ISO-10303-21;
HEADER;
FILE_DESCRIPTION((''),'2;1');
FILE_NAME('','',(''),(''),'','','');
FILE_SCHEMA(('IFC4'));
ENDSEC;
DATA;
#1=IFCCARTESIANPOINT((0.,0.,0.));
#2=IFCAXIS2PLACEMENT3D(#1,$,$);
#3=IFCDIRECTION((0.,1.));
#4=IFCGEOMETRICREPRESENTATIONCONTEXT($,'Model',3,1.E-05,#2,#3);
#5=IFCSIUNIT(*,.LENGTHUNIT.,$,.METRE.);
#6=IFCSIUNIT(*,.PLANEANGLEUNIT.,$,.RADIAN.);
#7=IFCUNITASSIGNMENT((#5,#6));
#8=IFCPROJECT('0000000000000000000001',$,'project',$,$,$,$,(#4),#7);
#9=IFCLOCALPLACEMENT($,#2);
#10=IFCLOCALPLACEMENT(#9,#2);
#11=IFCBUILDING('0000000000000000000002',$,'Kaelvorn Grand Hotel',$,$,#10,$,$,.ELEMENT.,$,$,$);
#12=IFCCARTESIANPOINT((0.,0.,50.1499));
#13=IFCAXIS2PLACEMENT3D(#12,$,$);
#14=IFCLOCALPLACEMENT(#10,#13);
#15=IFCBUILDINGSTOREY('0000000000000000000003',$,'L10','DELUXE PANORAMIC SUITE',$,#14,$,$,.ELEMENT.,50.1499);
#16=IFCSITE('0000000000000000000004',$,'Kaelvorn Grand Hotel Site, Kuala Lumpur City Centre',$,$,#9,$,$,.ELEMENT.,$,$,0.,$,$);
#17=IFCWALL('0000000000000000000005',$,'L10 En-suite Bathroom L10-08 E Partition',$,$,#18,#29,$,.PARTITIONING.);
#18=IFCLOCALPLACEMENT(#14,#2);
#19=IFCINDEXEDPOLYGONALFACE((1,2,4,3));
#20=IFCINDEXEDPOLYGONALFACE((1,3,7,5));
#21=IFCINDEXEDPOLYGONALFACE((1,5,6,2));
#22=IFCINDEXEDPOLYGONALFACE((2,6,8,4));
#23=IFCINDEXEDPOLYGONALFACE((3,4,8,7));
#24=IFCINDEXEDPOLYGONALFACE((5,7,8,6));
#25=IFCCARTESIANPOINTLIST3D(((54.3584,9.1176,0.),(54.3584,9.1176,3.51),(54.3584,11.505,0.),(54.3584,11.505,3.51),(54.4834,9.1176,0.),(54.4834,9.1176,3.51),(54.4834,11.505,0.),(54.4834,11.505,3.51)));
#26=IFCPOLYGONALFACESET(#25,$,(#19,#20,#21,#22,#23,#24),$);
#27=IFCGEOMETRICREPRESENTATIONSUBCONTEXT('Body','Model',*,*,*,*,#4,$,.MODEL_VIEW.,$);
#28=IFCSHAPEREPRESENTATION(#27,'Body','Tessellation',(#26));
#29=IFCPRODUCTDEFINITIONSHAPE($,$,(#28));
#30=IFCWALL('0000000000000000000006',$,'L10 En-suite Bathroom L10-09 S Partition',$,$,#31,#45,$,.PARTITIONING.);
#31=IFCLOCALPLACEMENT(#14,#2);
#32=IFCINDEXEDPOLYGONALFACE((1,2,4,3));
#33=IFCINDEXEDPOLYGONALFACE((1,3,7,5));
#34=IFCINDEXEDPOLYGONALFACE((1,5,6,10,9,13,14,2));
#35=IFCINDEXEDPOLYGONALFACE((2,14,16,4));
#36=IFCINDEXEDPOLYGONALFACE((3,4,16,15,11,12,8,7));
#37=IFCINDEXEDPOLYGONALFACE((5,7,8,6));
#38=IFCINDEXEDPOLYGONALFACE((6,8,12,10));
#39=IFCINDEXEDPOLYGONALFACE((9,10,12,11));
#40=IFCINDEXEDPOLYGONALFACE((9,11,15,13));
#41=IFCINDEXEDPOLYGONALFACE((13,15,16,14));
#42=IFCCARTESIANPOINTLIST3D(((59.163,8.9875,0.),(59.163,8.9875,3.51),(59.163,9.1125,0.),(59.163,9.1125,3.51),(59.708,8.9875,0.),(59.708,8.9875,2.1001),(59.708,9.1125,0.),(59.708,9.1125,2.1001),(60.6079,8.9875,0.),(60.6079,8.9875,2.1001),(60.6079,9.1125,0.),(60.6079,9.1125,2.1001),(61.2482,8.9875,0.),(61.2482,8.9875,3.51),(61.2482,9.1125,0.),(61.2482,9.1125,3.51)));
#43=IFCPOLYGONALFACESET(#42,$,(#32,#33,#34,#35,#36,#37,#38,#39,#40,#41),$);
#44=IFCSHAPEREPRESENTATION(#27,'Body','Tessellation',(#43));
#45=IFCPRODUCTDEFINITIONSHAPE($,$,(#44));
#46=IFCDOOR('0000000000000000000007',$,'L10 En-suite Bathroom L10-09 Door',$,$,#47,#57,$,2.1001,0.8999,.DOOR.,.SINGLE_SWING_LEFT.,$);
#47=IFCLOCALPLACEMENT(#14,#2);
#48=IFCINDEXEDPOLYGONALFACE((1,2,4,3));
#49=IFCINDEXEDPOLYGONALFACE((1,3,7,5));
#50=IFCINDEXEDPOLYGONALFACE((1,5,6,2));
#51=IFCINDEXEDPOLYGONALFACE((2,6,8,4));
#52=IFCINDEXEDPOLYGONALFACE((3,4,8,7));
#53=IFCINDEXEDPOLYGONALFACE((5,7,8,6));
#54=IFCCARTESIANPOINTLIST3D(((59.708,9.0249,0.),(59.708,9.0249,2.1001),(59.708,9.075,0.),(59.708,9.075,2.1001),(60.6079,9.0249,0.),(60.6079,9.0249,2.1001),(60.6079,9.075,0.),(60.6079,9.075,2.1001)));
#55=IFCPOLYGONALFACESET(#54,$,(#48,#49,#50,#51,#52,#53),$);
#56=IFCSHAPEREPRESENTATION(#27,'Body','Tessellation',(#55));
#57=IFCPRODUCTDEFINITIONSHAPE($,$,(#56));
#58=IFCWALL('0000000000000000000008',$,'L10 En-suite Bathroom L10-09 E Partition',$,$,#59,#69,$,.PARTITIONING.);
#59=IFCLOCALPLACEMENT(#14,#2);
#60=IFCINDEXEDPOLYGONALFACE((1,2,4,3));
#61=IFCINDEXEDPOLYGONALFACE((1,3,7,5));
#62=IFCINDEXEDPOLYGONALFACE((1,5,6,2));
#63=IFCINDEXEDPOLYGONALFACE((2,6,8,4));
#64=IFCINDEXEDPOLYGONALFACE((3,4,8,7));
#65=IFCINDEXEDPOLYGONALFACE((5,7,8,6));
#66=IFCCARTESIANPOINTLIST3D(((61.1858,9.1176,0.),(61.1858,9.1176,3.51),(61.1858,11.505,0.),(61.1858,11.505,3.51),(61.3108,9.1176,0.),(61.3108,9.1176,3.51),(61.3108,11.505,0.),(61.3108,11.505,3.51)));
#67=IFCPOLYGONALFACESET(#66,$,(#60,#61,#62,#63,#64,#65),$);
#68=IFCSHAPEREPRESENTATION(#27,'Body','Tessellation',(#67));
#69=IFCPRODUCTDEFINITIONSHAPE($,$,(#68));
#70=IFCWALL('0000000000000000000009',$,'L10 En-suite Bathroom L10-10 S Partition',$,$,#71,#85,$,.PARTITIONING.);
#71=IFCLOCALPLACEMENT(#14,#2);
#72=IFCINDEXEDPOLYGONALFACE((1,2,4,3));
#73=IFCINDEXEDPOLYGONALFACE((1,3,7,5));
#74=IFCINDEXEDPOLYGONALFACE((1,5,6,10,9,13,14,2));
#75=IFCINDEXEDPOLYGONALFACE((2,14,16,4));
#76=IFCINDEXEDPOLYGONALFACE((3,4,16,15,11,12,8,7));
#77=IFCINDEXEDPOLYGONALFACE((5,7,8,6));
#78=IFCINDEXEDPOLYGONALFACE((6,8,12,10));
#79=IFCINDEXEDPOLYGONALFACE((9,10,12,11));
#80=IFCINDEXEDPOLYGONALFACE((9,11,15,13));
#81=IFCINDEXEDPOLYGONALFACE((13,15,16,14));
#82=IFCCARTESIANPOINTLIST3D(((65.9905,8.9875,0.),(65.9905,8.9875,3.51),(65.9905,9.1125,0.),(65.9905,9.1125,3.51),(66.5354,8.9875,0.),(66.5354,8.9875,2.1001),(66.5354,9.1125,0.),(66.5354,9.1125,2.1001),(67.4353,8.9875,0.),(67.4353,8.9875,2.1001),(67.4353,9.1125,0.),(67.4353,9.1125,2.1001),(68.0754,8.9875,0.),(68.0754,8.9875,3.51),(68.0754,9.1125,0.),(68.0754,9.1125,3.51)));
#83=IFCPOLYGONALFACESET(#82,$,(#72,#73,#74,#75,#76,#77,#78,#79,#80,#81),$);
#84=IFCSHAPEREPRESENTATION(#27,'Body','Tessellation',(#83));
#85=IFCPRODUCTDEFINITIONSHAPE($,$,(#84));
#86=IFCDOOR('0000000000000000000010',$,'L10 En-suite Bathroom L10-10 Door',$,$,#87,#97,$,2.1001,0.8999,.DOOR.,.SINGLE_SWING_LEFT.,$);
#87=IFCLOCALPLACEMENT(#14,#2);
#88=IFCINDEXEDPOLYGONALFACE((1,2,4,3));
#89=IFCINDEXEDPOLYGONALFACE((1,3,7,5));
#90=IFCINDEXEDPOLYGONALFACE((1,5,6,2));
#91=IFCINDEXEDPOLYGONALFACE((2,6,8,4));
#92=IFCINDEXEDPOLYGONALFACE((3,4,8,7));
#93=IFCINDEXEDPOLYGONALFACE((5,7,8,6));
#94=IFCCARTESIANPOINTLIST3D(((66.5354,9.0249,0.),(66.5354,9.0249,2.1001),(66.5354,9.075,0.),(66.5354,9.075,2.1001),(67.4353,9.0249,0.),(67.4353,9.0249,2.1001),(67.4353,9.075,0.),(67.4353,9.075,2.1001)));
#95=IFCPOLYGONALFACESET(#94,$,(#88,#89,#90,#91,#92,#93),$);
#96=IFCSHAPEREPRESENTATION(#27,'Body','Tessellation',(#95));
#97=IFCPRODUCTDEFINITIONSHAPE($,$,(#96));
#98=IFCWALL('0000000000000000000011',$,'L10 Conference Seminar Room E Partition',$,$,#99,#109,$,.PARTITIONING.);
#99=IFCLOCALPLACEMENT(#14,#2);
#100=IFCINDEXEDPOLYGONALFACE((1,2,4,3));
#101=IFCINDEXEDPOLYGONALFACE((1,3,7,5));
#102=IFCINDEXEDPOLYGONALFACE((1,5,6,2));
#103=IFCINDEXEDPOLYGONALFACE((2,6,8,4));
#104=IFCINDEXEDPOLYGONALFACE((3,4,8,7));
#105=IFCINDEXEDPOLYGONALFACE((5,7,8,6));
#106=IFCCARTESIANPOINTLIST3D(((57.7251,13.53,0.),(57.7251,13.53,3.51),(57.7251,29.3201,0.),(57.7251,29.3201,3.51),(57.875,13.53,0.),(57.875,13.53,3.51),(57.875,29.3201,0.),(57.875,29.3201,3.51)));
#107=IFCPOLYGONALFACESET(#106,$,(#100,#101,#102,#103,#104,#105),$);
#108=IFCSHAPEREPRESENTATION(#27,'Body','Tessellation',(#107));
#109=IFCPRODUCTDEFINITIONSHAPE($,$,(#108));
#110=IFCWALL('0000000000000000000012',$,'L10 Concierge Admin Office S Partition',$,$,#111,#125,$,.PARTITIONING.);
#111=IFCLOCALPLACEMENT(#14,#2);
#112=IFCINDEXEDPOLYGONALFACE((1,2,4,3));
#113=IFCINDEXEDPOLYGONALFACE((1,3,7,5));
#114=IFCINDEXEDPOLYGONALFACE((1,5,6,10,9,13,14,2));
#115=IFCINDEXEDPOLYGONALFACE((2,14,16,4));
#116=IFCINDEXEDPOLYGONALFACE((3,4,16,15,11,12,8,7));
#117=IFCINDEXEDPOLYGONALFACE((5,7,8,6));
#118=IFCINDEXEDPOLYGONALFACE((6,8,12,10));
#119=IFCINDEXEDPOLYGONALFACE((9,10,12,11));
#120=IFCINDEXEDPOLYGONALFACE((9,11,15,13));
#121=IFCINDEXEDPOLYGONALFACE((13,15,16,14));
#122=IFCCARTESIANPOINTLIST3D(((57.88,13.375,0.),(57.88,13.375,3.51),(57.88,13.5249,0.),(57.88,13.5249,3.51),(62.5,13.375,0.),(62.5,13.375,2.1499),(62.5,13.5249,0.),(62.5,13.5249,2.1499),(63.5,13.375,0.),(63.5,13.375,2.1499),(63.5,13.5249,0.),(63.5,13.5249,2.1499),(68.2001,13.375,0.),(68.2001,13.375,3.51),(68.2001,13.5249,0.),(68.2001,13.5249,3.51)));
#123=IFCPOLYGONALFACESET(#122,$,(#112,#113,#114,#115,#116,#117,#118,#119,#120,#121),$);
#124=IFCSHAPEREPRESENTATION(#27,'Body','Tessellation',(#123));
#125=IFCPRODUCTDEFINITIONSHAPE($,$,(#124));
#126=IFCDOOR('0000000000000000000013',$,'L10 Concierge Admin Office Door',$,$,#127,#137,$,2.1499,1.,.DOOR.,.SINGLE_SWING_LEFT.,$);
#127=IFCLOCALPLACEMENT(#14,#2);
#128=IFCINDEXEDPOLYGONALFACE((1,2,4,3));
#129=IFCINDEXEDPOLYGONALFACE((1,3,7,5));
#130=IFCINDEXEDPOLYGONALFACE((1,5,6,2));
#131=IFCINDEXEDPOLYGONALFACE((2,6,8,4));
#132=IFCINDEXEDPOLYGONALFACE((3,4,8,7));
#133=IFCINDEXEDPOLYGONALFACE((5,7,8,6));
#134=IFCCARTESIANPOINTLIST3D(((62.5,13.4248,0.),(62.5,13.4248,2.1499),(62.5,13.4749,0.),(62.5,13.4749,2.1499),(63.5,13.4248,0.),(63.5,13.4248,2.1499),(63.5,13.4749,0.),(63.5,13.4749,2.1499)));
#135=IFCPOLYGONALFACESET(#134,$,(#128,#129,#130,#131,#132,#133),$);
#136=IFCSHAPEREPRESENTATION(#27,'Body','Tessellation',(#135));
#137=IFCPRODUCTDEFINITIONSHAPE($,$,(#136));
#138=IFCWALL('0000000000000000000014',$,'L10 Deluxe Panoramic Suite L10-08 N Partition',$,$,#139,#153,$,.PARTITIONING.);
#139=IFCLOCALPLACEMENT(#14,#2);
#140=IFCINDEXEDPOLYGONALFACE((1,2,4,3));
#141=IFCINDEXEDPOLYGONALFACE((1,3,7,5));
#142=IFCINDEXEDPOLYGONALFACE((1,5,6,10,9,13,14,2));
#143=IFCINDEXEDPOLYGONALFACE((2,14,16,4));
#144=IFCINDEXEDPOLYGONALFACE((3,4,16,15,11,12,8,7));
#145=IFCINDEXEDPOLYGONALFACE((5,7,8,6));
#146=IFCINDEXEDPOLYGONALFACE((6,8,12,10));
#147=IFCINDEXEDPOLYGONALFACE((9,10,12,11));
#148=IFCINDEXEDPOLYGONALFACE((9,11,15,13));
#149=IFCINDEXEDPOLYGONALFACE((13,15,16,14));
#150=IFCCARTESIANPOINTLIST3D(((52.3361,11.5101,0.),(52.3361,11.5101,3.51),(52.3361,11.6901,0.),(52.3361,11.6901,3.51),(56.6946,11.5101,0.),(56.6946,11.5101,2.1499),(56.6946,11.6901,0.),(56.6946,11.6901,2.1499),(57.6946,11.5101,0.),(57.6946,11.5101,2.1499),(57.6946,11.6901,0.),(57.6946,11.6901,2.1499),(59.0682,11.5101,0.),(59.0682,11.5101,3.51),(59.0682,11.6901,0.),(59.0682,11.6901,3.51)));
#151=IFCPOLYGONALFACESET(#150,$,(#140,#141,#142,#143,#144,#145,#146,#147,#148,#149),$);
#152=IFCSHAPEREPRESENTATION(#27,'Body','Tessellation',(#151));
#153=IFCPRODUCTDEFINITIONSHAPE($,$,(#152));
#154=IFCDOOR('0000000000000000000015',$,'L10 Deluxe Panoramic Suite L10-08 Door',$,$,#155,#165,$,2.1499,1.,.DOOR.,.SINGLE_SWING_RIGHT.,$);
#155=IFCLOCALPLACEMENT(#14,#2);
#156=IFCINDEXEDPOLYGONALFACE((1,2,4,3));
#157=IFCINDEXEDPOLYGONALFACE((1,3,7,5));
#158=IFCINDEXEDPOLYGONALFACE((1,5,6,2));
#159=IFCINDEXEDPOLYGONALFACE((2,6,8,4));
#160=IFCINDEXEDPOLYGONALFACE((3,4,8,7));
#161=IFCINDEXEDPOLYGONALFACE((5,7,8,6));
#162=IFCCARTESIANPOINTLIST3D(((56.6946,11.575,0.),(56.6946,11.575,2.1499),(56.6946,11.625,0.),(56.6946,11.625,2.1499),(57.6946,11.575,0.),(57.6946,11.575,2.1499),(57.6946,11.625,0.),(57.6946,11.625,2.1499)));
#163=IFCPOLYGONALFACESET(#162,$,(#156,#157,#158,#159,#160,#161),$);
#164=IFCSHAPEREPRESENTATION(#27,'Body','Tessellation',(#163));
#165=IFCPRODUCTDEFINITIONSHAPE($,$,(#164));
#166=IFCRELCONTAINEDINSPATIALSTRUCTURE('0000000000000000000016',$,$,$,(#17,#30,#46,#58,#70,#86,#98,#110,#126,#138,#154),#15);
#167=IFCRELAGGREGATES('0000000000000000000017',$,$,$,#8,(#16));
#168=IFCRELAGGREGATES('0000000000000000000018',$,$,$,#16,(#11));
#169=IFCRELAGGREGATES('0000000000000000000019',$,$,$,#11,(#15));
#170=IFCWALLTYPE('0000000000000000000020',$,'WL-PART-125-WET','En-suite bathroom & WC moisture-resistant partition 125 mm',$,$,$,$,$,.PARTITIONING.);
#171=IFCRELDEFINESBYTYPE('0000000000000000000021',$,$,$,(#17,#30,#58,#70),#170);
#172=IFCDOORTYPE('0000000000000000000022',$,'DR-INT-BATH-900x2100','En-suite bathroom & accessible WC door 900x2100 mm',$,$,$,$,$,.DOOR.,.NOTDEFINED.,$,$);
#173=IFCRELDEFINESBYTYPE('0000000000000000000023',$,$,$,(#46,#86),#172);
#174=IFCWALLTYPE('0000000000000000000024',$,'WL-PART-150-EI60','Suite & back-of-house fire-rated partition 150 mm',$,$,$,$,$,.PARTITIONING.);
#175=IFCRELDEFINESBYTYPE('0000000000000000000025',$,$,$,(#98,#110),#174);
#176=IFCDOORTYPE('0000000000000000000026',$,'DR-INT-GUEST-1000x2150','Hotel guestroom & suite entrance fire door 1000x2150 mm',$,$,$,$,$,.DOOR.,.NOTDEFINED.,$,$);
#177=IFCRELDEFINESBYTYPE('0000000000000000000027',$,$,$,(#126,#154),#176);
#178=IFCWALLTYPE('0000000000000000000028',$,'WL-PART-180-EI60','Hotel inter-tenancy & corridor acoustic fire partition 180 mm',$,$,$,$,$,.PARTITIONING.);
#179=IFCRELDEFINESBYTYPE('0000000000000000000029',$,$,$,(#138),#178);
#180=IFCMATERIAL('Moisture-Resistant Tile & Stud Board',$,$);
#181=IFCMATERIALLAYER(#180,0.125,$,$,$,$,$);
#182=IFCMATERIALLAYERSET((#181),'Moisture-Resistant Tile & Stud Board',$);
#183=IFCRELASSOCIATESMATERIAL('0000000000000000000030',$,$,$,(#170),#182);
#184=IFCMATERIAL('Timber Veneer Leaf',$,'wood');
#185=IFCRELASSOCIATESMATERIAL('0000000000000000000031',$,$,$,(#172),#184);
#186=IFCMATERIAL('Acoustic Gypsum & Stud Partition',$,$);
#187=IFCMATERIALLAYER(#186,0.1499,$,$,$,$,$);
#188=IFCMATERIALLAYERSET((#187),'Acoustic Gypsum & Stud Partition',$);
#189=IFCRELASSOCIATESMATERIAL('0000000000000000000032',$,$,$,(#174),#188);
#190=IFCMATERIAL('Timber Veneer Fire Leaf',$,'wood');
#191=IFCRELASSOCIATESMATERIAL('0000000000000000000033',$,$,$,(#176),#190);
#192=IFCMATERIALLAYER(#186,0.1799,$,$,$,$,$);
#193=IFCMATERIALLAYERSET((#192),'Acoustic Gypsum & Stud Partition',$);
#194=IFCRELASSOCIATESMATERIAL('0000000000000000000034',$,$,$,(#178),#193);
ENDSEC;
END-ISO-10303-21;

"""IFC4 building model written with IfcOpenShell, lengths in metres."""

from ifc_helpers import new_model, si_unit, direction, frame, frame_2d, origin, place, context, subcontext, project, spatial, rectangle, extrude, material, layer, layer_set, type_object, element, fill, save


model = new_model("IFC4")

# Units and contexts
model_context = context("Model", 3, precision=1e-05, world=origin(), true_north=direction((0.0, 1.0)))
body_context = subcontext(model_context, "Body", "Model", "MODEL_VIEW")
ifc_project = project(units=[si_unit("LENGTHUNIT", "METRE"), si_unit("PLANEANGLEUNIT", "RADIAN")], contexts=[model_context])

# Site, building, storey
site_placement = place(None, origin())
site = spatial("IfcSite", under=ifc_project, at=site_placement, Name="Kaelvorn Grand Hotel Site, Kuala Lumpur City Centre", CompositionType="ELEMENT", RefElevation=0.0)
building_placement = place(site_placement, origin())
building = spatial("IfcBuilding", under=site, at=building_placement, Name="Kaelvorn Grand Hotel", CompositionType="ELEMENT")
storey_placement = place(building_placement, frame((0.0, 0.0, 50.1499)))
storey = spatial("IfcBuildingStorey", under=building, at=storey_placement, Name="L10", Description="DELUXE PANORAMIC SUITE", CompositionType="ELEMENT", Elevation=50.1499)

# Wall
ifc_material_1 = material(Name="Moisture-Resistant Tile & Stud Board")
ifc_layer_1 = layer(ifc_material_1, 0.125)
ifc_layer_set_1 = layer_set([ifc_layer_1], Name="Moisture-Resistant Tile & Stud Board")
wall_type_1 = type_object("IfcWallType", Name="WL-PART-125-WET", Description="En-suite bathroom & WC moisture-resistant partition 125 mm", PredefinedType="PARTITIONING", material=ifc_layer_set_1)
wall_1_placement = place(storey_placement, frame((54.4209, 9.1174, 0.0), z_axis=(0.0, 0.0, 1.0), x_axis=(0.0, 1.0, 0.0)))
element("IfcWall", 1, at=wall_1_placement, inside=storey, type_object=wall_type_1, Name="L10 En-suite Bathroom L10-08 E Partition", PredefinedType="PARTITIONING", context=body_context, shape_type="SweptSolid", body=[
    extrude(rectangle(XDim=2.3875, YDim=0.125, at=frame_2d((1.1938, 0.0))), origin(), (0.0, 0.0, 1.0), 3.51),
])

# Wall, opening, door
wall_2_placement = place(storey_placement, frame((59.1631, 9.05, 0.0), z_axis=(0.0, 0.0, 1.0), x_axis=(1.0, 0.0, 0.0)))
wall_2 = element("IfcWall", 2, at=wall_2_placement, inside=storey, type_object=wall_type_1, Name="L10 En-suite Bathroom L10-09 S Partition", PredefinedType="PARTITIONING", context=body_context, shape_type="SweptSolid", body=[
    extrude(rectangle(XDim=2.0852, YDim=0.125, at=frame_2d((1.0425, 0.0))), origin(), (0.0, 0.0, 1.0), 3.51),
])
opening_1_placement = place(wall_2_placement, frame((0.5449, 0.0, 0.0)))
opening_1 = element("IfcOpeningElement", 3, at=opening_1_placement, cuts=wall_2, PredefinedType="OPENING", context=body_context, shape_type="SweptSolid", body=[
    extrude(rectangle(XDim=0.8999, YDim=2.1001, at=frame_2d((0.45, 1.05))), frame((0.0, 0.0725, 0.0), z_axis=(0.0, -1.0, 0.0), x_axis=(1.0, 0.0, 0.0)), (0.0, 0.0, 1.0), 0.145),
])
ifc_material_2 = material(Name="Timber Veneer Leaf", Category="wood")
door_type_1 = type_object("IfcDoorType", Name="DR-INT-BATH-900x2100", Description="En-suite bathroom & accessible WC door 900x2100 mm", OperationType="NOTDEFINED", PredefinedType="DOOR", material=ifc_material_2)
door_1_placement = place(opening_1_placement, origin())
door_1 = element("IfcDoor", 4, at=door_1_placement, inside=storey, type_object=door_type_1, Name="L10 En-suite Bathroom L10-09 Door", OperationType="SINGLE_SWING_LEFT", OverallHeight=2.1001, OverallWidth=0.8999, PredefinedType="DOOR", context=body_context, shape_type="SweptSolid", body=[
    extrude(rectangle(XDim=0.8999, YDim=2.1001, at=frame_2d((0.45, 1.05))), frame((0.0, 0.0249, 0.0), z_axis=(0.0, -1.0, 0.0), x_axis=(1.0, 0.0, 0.0)), (0.0, 0.0, 1.0), 0.05),
])
fill(opening_1, door_1)

# Wall
wall_3_placement = place(storey_placement, frame((61.2483, 9.1174, 0.0), z_axis=(0.0, 0.0, 1.0), x_axis=(0.0, 1.0, 0.0)))
element("IfcWall", 5, at=wall_3_placement, inside=storey, type_object=wall_type_1, Name="L10 En-suite Bathroom L10-09 E Partition", PredefinedType="PARTITIONING", context=body_context, shape_type="SweptSolid", body=[
    extrude(rectangle(XDim=2.3875, YDim=0.125, at=frame_2d((1.1938, 0.0))), origin(), (0.0, 0.0, 1.0), 3.51),
])

# Wall, opening, door
wall_4_placement = place(storey_placement, frame((65.9905, 9.05, 0.0), z_axis=(0.0, 0.0, 1.0), x_axis=(1.0, 0.0, 0.0)))
wall_4 = element("IfcWall", 6, at=wall_4_placement, inside=storey, type_object=wall_type_1, Name="L10 En-suite Bathroom L10-10 S Partition", PredefinedType="PARTITIONING", context=body_context, shape_type="SweptSolid", body=[
    extrude(rectangle(XDim=2.085, YDim=0.125, at=frame_2d((1.0425, 0.0))), origin(), (0.0, 0.0, 1.0), 3.51),
])
opening_2_placement = place(wall_4_placement, frame((0.5449, 0.0, 0.0)))
opening_2 = element("IfcOpeningElement", 7, at=opening_2_placement, cuts=wall_4, PredefinedType="OPENING", context=body_context, shape_type="SweptSolid", body=[
    extrude(rectangle(XDim=0.8999, YDim=2.1001, at=frame_2d((0.45, 1.05))), frame((0.0, 0.0725, 0.0), z_axis=(0.0, -1.0, 0.0), x_axis=(1.0, 0.0, 0.0)), (0.0, 0.0, 1.0), 0.145),
])
door_2_placement = place(opening_2_placement, origin())
door_2 = element("IfcDoor", 8, at=door_2_placement, inside=storey, type_object=door_type_1, Name="L10 En-suite Bathroom L10-10 Door", OperationType="SINGLE_SWING_LEFT", OverallHeight=2.1001, OverallWidth=0.8999, PredefinedType="DOOR", context=body_context, shape_type="SweptSolid", body=[
    extrude(rectangle(XDim=0.8999, YDim=2.1001, at=frame_2d((0.45, 1.05))), frame((0.0, 0.0249, 0.0), z_axis=(0.0, -1.0, 0.0), x_axis=(1.0, 0.0, 0.0)), (0.0, 0.0, 1.0), 0.05),
])
fill(opening_2, door_2)

# Wall
ifc_material_3 = material(Name="Acoustic Gypsum & Stud Partition")
ifc_layer_2 = layer(ifc_material_3, 0.1499)
ifc_layer_set_2 = layer_set([ifc_layer_2], Name="Acoustic Gypsum & Stud Partition")
wall_type_2 = type_object("IfcWallType", Name="WL-PART-150-EI60", Description="Suite & back-of-house fire-rated partition 150 mm", PredefinedType="PARTITIONING", material=ifc_layer_set_2)
wall_5_placement = place(storey_placement, frame((57.8, 13.53, 0.0), z_axis=(0.0, 0.0, 1.0), x_axis=(0.0, 1.0, 0.0)))
element("IfcWall", 9, at=wall_5_placement, inside=storey, type_object=wall_type_2, Name="L10 Conference Seminar Room E Partition", PredefinedType="PARTITIONING", context=body_context, shape_type="SweptSolid", body=[
    extrude(rectangle(XDim=15.79, YDim=0.1499, at=frame_2d((7.895, 0.0))), origin(), (0.0, 0.0, 1.0), 3.51),
])

# Walls, openings, doors
wall_6_placement = place(storey_placement, frame((57.8799, 13.45, 0.0), z_axis=(0.0, 0.0, 1.0), x_axis=(1.0, 0.0, 0.0)))
wall_6 = element("IfcWall", 10, at=wall_6_placement, inside=storey, type_object=wall_type_2, Name="L10 Concierge Admin Office S Partition", PredefinedType="PARTITIONING", context=body_context, shape_type="SweptSolid", body=[
    extrude(rectangle(XDim=10.3201, YDim=0.1499, at=frame_2d((5.1602, 0.0))), origin(), (0.0, 0.0, 1.0), 3.51),
])
opening_3_placement = place(wall_6_placement, frame((4.6201, 0.0, 0.0)))
opening_3 = element("IfcOpeningElement", 11, at=opening_3_placement, cuts=wall_6, PredefinedType="OPENING", context=body_context, shape_type="SweptSolid", body=[
    extrude(rectangle(XDim=1.0, YDim=2.1499, at=frame_2d((0.5, 1.075))), frame((0.0, 0.085, 0.0), z_axis=(0.0, -1.0, 0.0), x_axis=(1.0, 0.0, 0.0)), (0.0, 0.0, 1.0), 0.1699),
])
ifc_material_4 = material(Name="Timber Veneer Fire Leaf", Category="wood")
door_type_2 = type_object("IfcDoorType", Name="DR-INT-GUEST-1000x2150", Description="Hotel guestroom & suite entrance fire door 1000x2150 mm", OperationType="NOTDEFINED", PredefinedType="DOOR", material=ifc_material_4)
door_3_placement = place(opening_3_placement, origin())
door_3 = element("IfcDoor", 12, at=door_3_placement, inside=storey, type_object=door_type_2, Name="L10 Concierge Admin Office Door", OperationType="SINGLE_SWING_LEFT", OverallHeight=2.1499, OverallWidth=1.0, PredefinedType="DOOR", context=body_context, shape_type="SweptSolid", body=[
    extrude(rectangle(XDim=1.0, YDim=2.1499, at=frame_2d((0.5, 1.075))), frame((0.0, 0.0249, 0.0), z_axis=(0.0, -1.0, 0.0), x_axis=(1.0, 0.0, 0.0)), (0.0, 0.0, 1.0), 0.05),
])
fill(opening_3, door_3)
ifc_layer_3 = layer(ifc_material_3, 0.1799)
ifc_layer_set_3 = layer_set([ifc_layer_3], Name="Acoustic Gypsum & Stud Partition")
wall_type_3 = type_object("IfcWallType", Name="WL-PART-180-EI60", Description="Hotel inter-tenancy & corridor acoustic fire partition 180 mm", PredefinedType="PARTITIONING", material=ifc_layer_set_3)
wall_7_placement = place(storey_placement, frame((52.3359, 11.6001, 0.0), z_axis=(0.0, 0.0, 1.0), x_axis=(1.0, 0.0, 0.0)))
wall_7 = element("IfcWall", 13, at=wall_7_placement, inside=storey, type_object=wall_type_3, Name="L10 Deluxe Panoramic Suite L10-08 N Partition", PredefinedType="PARTITIONING", context=body_context, shape_type="SweptSolid", body=[
    extrude(rectangle(XDim=6.7322, YDim=0.1799, at=frame_2d((3.3662, 0.0))), origin(), (0.0, 0.0, 1.0), 3.51),
])
opening_4_placement = place(wall_7_placement, frame((4.3586, 0.0, 0.0)))
opening_4 = element("IfcOpeningElement", 14, at=opening_4_placement, cuts=wall_7, PredefinedType="OPENING", context=body_context, shape_type="SweptSolid", body=[
    extrude(rectangle(XDim=1.0, YDim=2.1499, at=frame_2d((0.5, 1.075))), frame((0.0, 0.1001, 0.0), z_axis=(0.0, -1.0, 0.0), x_axis=(1.0, 0.0, 0.0)), (0.0, 0.0, 1.0), 0.2),
])
door_4_placement = place(opening_4_placement, origin())
door_4 = element("IfcDoor", 15, at=door_4_placement, inside=storey, type_object=door_type_2, Name="L10 Deluxe Panoramic Suite L10-08 Door", OperationType="SINGLE_SWING_RIGHT", OverallHeight=2.1499, OverallWidth=1.0, PredefinedType="DOOR", context=body_context, shape_type="SweptSolid", body=[
    extrude(rectangle(XDim=1.0, YDim=2.1499, at=frame_2d((0.5, 1.075))), frame((0.0, 0.0249, 0.0), z_axis=(0.0, -1.0, 0.0), x_axis=(1.0, 0.0, 0.0)), (0.0, 0.0, 1.0), 0.05),
])
fill(opening_4, door_4)

save(model, "model.ifc")
